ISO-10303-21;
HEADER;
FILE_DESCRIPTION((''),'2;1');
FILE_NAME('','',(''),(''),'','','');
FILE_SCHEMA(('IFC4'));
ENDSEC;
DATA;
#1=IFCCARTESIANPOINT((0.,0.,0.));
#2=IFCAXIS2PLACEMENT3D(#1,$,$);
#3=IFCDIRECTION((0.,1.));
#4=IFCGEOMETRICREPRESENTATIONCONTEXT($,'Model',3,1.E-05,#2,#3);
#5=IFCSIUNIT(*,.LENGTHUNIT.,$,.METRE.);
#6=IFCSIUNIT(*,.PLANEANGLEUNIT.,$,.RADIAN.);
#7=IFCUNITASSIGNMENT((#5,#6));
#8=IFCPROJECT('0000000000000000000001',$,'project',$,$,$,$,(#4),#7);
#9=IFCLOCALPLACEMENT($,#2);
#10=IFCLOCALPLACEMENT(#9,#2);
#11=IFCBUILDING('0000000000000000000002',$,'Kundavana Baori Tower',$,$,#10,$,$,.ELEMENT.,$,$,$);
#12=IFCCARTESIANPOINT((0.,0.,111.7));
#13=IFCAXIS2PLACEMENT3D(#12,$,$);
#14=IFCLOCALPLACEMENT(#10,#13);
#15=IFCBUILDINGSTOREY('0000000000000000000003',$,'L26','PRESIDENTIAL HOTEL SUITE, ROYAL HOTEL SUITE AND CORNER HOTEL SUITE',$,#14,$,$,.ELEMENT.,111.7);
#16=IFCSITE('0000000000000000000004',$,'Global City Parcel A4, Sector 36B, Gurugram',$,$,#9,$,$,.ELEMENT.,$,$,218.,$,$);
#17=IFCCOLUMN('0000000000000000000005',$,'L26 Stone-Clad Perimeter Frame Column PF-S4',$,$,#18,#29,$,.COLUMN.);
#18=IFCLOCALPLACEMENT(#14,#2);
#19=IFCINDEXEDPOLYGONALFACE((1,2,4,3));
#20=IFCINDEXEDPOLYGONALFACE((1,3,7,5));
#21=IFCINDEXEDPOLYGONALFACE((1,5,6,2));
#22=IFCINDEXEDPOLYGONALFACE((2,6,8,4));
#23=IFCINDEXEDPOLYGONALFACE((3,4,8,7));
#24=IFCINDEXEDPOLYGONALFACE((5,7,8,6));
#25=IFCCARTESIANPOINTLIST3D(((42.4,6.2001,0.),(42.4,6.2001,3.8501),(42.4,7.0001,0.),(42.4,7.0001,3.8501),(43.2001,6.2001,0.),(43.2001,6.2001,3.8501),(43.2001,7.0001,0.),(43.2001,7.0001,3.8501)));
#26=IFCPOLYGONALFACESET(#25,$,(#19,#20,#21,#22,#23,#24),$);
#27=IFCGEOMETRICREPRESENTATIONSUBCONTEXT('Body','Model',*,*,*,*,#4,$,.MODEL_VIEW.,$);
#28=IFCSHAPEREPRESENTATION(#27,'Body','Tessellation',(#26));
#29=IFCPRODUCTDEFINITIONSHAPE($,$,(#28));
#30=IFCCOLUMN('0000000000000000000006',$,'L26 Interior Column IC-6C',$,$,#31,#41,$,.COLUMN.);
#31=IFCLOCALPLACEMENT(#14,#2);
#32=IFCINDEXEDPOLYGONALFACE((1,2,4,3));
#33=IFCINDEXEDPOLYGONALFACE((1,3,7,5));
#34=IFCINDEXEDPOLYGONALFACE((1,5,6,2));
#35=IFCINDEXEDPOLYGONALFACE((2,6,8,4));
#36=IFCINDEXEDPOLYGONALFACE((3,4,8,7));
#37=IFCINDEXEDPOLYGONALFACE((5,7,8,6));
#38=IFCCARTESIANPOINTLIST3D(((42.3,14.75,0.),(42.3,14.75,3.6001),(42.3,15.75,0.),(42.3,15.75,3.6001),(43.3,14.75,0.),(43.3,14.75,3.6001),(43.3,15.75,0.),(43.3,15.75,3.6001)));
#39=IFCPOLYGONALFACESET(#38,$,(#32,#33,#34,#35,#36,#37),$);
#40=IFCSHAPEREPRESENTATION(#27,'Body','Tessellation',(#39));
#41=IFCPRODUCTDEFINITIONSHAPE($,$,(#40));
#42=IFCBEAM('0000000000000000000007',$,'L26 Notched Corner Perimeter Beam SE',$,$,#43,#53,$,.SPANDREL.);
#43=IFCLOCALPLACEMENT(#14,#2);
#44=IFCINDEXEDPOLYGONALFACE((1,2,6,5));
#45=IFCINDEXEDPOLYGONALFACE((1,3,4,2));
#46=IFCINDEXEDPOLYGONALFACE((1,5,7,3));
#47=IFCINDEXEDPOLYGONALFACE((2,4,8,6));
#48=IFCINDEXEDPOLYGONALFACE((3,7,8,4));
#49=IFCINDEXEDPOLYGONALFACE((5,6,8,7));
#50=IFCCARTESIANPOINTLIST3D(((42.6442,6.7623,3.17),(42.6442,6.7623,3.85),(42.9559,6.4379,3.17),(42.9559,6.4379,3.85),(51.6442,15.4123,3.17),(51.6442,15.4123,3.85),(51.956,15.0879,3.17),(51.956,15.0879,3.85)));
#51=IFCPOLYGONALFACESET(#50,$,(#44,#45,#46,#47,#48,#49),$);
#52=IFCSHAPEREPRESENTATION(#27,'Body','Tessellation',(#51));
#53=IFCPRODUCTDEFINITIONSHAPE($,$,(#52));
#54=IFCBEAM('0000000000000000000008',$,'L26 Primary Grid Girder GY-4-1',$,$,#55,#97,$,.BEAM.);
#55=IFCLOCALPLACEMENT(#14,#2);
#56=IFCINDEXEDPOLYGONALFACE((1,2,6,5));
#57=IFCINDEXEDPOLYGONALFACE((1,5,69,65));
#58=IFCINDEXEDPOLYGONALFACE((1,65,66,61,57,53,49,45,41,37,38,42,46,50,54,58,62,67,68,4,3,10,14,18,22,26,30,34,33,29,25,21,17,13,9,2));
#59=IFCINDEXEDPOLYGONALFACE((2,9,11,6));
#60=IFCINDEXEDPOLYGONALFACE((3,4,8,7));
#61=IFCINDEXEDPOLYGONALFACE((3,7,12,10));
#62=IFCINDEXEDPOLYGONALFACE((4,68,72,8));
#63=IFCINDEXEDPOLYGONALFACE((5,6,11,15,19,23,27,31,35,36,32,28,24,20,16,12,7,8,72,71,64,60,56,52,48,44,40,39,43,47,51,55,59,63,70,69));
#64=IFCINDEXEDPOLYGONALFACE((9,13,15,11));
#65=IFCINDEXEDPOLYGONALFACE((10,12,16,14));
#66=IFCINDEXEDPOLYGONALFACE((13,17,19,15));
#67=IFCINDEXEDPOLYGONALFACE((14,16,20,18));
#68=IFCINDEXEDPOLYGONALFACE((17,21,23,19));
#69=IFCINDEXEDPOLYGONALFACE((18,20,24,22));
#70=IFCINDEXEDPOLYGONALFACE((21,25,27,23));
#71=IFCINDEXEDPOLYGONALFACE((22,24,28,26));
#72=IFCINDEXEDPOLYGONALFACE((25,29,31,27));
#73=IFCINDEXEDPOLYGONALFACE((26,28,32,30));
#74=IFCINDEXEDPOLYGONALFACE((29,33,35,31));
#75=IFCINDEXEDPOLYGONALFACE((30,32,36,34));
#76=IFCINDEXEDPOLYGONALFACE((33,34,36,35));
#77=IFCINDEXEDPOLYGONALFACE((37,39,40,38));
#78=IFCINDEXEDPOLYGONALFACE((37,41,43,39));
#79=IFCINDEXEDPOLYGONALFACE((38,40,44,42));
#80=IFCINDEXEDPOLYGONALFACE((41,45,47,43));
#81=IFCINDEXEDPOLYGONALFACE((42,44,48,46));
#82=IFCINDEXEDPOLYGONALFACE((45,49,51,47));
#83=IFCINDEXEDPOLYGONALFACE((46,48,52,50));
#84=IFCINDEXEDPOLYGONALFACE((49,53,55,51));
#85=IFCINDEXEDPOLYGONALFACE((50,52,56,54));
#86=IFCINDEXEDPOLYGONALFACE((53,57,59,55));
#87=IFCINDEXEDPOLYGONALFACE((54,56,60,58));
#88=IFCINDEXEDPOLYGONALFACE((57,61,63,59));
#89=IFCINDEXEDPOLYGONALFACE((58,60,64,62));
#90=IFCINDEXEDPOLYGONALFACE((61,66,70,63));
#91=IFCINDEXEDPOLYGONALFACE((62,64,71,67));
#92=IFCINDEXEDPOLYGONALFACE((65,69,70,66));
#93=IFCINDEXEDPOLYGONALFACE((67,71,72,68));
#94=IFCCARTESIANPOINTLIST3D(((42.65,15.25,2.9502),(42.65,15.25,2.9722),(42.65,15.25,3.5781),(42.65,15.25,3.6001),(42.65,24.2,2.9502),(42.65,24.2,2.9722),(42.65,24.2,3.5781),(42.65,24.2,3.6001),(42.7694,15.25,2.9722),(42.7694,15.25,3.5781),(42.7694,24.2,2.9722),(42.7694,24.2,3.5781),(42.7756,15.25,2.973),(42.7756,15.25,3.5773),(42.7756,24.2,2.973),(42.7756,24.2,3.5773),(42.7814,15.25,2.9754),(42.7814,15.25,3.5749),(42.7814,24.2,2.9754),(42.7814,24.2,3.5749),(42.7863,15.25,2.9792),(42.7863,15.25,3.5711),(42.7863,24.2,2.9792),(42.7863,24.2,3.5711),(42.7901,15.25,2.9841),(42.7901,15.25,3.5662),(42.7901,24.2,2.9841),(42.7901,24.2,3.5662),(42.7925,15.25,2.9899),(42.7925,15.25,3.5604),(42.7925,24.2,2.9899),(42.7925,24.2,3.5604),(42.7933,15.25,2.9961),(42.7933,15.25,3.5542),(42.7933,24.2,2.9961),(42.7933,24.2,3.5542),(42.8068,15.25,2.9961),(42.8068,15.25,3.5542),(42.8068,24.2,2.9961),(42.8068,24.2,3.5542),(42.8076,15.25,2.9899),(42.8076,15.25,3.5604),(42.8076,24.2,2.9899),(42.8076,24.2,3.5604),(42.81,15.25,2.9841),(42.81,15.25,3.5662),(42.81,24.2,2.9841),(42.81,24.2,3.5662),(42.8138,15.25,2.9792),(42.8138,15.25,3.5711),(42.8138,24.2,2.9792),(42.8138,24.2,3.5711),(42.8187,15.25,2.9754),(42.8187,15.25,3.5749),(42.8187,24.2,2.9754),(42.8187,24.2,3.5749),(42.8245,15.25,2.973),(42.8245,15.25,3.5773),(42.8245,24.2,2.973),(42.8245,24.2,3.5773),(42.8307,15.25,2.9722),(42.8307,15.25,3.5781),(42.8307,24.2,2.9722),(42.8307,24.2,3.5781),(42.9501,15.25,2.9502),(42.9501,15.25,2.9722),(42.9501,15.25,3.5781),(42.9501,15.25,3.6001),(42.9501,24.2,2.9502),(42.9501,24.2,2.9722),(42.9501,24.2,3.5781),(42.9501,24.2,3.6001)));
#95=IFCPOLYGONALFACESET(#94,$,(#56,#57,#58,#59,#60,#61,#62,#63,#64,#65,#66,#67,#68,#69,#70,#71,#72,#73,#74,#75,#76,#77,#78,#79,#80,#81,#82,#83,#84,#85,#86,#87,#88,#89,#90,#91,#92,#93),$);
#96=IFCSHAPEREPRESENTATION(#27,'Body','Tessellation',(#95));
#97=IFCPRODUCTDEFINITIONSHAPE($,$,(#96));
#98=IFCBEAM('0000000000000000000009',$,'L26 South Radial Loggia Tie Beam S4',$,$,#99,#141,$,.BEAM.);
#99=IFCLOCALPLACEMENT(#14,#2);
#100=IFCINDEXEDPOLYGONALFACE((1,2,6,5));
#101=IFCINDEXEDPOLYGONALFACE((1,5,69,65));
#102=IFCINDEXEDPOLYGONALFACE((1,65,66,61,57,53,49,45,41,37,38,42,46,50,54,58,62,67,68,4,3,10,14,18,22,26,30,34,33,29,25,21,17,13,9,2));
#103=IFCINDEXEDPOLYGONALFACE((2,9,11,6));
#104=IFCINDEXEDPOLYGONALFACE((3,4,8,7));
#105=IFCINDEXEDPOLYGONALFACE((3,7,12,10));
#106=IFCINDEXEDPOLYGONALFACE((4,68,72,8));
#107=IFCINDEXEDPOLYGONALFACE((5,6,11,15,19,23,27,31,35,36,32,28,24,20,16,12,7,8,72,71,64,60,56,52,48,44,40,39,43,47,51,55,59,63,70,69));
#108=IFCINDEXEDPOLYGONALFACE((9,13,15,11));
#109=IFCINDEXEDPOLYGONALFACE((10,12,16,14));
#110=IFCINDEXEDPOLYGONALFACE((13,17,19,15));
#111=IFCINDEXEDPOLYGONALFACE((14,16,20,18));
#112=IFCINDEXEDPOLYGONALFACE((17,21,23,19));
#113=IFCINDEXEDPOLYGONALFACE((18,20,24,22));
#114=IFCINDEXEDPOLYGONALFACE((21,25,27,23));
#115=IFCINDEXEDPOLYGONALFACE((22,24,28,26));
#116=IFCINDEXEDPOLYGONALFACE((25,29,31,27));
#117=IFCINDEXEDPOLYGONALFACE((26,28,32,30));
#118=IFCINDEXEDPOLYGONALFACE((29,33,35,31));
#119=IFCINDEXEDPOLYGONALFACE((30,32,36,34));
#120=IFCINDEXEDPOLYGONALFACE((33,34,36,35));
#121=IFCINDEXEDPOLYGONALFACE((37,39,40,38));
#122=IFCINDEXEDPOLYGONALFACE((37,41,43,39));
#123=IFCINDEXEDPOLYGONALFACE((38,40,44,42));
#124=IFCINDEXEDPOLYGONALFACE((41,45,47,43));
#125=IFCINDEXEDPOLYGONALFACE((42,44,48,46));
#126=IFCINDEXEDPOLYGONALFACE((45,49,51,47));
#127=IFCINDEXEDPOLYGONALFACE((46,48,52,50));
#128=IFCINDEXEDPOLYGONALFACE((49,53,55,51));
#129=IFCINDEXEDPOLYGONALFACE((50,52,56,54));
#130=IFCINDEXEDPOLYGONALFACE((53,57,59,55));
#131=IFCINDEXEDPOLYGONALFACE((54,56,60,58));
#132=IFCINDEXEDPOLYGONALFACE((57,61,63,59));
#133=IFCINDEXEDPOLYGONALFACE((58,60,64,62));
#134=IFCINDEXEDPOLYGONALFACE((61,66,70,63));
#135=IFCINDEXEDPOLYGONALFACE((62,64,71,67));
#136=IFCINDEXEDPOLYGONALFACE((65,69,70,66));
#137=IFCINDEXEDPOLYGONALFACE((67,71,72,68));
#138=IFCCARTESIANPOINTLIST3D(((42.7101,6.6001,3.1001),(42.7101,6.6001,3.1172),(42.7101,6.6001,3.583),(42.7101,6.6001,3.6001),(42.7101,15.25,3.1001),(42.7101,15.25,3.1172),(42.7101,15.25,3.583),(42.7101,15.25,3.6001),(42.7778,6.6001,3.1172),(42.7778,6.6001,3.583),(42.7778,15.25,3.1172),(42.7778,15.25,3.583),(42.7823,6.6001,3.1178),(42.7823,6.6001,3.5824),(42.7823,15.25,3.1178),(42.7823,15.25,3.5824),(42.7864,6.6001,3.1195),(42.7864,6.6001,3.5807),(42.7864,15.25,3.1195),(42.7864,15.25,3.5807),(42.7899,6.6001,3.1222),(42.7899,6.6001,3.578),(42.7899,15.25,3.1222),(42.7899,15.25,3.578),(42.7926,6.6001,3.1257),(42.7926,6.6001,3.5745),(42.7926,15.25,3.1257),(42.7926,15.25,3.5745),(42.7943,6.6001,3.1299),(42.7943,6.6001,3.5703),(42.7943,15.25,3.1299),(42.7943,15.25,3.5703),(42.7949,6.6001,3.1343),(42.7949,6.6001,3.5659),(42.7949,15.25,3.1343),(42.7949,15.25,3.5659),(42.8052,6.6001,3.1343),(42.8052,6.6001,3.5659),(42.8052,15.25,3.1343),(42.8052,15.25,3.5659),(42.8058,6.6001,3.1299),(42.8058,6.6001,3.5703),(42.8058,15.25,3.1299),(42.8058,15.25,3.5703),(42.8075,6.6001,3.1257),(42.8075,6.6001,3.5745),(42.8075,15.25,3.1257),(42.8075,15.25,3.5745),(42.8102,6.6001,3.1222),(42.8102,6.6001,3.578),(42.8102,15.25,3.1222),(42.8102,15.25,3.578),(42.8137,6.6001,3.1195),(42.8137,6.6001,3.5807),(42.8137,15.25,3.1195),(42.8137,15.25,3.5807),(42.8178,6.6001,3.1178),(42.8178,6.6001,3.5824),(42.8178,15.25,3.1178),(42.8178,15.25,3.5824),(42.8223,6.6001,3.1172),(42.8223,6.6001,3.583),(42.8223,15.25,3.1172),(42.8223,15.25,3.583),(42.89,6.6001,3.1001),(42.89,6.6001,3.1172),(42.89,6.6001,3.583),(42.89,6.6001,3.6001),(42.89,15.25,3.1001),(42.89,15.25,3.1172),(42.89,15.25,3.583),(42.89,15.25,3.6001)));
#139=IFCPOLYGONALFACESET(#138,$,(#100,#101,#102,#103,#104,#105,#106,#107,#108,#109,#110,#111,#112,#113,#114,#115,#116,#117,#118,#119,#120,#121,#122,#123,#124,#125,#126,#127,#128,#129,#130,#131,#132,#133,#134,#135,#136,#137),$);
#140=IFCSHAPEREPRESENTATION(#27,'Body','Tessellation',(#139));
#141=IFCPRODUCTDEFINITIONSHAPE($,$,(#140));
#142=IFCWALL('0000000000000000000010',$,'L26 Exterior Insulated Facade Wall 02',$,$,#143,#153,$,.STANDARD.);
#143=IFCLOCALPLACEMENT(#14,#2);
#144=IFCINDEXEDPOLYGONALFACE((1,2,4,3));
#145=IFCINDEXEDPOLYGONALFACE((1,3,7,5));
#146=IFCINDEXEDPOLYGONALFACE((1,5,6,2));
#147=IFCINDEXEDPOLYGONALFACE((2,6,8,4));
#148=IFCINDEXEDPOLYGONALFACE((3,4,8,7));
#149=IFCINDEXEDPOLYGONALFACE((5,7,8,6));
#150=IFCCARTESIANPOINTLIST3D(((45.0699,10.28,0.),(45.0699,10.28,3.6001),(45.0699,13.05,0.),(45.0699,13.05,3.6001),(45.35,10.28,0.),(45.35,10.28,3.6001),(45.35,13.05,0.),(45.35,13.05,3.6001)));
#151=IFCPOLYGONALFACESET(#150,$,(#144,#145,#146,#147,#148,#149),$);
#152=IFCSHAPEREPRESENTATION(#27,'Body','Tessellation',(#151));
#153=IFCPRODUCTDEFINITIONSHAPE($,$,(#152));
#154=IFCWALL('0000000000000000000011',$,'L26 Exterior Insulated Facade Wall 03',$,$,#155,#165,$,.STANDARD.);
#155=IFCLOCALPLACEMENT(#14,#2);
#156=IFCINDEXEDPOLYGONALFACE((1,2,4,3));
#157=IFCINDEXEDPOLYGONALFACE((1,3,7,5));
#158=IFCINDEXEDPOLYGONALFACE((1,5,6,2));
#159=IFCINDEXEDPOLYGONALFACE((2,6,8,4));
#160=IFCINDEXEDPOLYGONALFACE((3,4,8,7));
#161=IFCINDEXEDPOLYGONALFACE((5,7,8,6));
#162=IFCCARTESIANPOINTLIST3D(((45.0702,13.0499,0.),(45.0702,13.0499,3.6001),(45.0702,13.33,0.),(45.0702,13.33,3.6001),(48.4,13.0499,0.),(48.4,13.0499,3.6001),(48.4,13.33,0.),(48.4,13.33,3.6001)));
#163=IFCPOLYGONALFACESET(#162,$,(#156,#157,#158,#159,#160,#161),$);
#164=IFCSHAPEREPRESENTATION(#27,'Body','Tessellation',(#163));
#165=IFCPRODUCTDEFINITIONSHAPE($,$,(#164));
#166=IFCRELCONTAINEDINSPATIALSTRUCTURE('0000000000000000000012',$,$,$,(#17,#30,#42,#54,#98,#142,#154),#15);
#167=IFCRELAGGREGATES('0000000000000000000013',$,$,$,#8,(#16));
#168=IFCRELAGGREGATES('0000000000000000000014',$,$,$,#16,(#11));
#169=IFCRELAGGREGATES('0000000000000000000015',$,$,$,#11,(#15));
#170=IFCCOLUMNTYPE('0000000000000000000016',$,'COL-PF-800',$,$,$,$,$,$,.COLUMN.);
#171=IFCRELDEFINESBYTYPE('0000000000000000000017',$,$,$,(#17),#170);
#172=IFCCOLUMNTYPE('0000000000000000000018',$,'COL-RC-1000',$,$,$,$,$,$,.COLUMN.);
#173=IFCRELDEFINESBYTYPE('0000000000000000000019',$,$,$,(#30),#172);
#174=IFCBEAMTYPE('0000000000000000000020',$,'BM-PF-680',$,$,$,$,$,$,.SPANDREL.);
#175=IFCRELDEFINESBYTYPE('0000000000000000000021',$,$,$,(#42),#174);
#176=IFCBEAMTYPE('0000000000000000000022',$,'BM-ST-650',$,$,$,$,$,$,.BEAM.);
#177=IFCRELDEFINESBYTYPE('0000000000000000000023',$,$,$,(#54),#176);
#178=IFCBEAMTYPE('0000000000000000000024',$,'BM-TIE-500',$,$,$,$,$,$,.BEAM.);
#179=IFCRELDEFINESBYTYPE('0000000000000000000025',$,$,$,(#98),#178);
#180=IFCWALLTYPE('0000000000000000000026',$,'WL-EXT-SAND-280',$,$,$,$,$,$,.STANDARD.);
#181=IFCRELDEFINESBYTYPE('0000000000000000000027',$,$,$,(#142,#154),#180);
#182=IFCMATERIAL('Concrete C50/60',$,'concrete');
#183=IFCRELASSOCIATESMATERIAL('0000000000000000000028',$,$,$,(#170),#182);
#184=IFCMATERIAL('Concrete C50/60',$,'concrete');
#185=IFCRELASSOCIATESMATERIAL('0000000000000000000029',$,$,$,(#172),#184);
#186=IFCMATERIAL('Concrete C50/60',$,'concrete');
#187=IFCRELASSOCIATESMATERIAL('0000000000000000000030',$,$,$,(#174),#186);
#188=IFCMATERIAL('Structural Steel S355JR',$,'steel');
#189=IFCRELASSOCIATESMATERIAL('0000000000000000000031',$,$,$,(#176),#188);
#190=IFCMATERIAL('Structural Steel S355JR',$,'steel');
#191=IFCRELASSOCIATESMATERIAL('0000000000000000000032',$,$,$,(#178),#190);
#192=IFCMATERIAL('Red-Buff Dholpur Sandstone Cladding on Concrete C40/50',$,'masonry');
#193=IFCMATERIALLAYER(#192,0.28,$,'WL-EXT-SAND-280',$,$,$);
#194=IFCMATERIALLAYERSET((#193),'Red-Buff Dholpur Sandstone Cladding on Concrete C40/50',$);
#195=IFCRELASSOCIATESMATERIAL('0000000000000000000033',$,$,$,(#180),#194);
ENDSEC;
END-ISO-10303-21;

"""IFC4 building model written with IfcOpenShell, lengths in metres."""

from ifc_helpers import new_model, si_unit, direction, frame, frame_2d, origin, origin_2d, place, context, subcontext, project, spatial, rectangle, i_section, extrude, material, layer, layer_set, material_profile, profile_set, type_object, element, save


model = new_model("IFC4")

# Units and contexts
model_context = context("Model", 3, precision=1e-05, world=origin(), true_north=direction((0.0, 1.0)))
body_context = subcontext(model_context, "Body", "Model", "MODEL_VIEW")
ifc_project = project(units=[si_unit("LENGTHUNIT", "METRE"), si_unit("PLANEANGLEUNIT", "RADIAN")], contexts=[model_context])

# Site, building, storey
site_placement = place(None, origin())
site = spatial("IfcSite", under=ifc_project, at=site_placement, Name="Global City Parcel A4, Sector 36B, Gurugram", CompositionType="ELEMENT", RefElevation=218.0)
building_placement = place(site_placement, origin())
building = spatial("IfcBuilding", under=site, at=building_placement, Name="Kundavana Baori Tower", CompositionType="ELEMENT")
storey_placement = place(building_placement, frame((0.0, 0.0, 111.7)))
storey = spatial("IfcBuildingStorey", under=building, at=storey_placement, Name="L26", Description="PRESIDENTIAL HOTEL SUITE, ROYAL HOTEL SUITE AND CORNER HOTEL SUITE", CompositionType="ELEMENT", Elevation=111.7)

# Columns
ifc_material_1 = material(Name="Concrete C50/60", Category="concrete")
ifc_material_profile_1 = material_profile(ifc_material_1, rectangle(XDim=0.8, YDim=0.8, at=origin_2d()), Name="RC PF 800x800")
ifc_profile_set_1 = profile_set([ifc_material_profile_1], Name="Concrete C50/60")
column_type_1 = type_object("IfcColumnType", Name="COL-PF-800", PredefinedType="COLUMN", material=ifc_profile_set_1)
column_1_placement = place(storey_placement, frame((42.8, 6.6001, 0.0), z_axis=(0.0, 0.0, 1.0), x_axis=(1.0, 0.0, 0.0)))
element("IfcColumn", 1, at=column_1_placement, inside=storey, type_object=column_type_1, Name="L26 Stone-Clad Perimeter Frame Column PF-S4", PredefinedType="COLUMN", context=body_context, shape_type="SweptSolid", body=[
    extrude(rectangle(XDim=0.8, YDim=0.8, at=origin_2d()), origin(), (0.0, 0.0, 1.0), 3.8501),
])
ifc_material_2 = material(Name="Concrete C50/60", Category="concrete")
ifc_material_profile_2 = material_profile(ifc_material_2, rectangle(XDim=1.0, YDim=1.0, at=origin_2d()), Name="RC 1000x1000")
ifc_profile_set_2 = profile_set([ifc_material_profile_2], Name="Concrete C50/60")
column_type_2 = type_object("IfcColumnType", Name="COL-RC-1000", PredefinedType="COLUMN", material=ifc_profile_set_2)
column_2_placement = place(storey_placement, frame((42.8, 15.25, 0.0), z_axis=(0.0, 0.0, 1.0), x_axis=(1.0, 0.0, 0.0)))
element("IfcColumn", 2, at=column_2_placement, inside=storey, type_object=column_type_2, Name="L26 Interior Column IC-6C", PredefinedType="COLUMN", context=body_context, shape_type="SweptSolid", body=[
    extrude(rectangle(XDim=1.0, YDim=1.0, at=origin_2d()), origin(), (0.0, 0.0, 1.0), 3.6001),
])

# Beams
ifc_material_3 = material(Name="Concrete C50/60", Category="concrete")
ifc_material_profile_3 = material_profile(ifc_material_3, rectangle(XDim=0.45, YDim=0.6799, at=origin_2d()), Name="RC BM 450x680")
ifc_profile_set_3 = profile_set([ifc_material_profile_3], Name="Concrete C50/60")
beam_type_1 = type_object("IfcBeamType", Name="BM-PF-680", PredefinedType="SPANDREL", material=ifc_profile_set_3)
beam_1_placement = place(storey_placement, frame((42.8, 6.6001, 3.51), z_axis=(0.720991, 0.692945, 0.0), x_axis=(-0.692945, 0.720991, 0.0)))
element("IfcBeam", 3, at=beam_1_placement, inside=storey, type_object=beam_type_1, Name="L26 Notched Corner Perimeter Beam SE", PredefinedType="SPANDREL", context=body_context, shape_type="SweptSolid", body=[
    extrude(rectangle(XDim=0.45, YDim=0.6799, at=origin_2d()), origin(), (0.0, 0.0, 1.0), 12.4829),
])
ifc_material_4 = material(Name="Structural Steel S355JR", Category="steel")
ifc_material_profile_4 = material_profile(ifc_material_4, i_section(OverallWidth=0.3, OverallDepth=0.6499, WebThickness=0.0134, FlangeThickness=0.022, FilletRadius=0.0239, at=origin_2d()), Name="NPB 650x300x155")
ifc_profile_set_4 = profile_set([ifc_material_profile_4], Name="Structural Steel S355JR")
beam_type_2 = type_object("IfcBeamType", Name="BM-ST-650", PredefinedType="BEAM", material=ifc_profile_set_4)
beam_2_placement = place(storey_placement, frame((42.8, 15.25, 3.2751), z_axis=(0.0, 1.0, 0.0), x_axis=(-1.0, 0.0, 0.0)))
element("IfcBeam", 4, at=beam_2_placement, inside=storey, type_object=beam_type_2, Name="L26 Primary Grid Girder GY-4-1", PredefinedType="BEAM", context=body_context, shape_type="SweptSolid", body=[
    extrude(i_section(OverallWidth=0.3, OverallDepth=0.6499, WebThickness=0.0134, FlangeThickness=0.022, FilletRadius=0.0239, at=origin_2d()), origin(), (0.0, 0.0, 1.0), 8.95),
])
ifc_material_5 = material(Name="Structural Steel S355JR", Category="steel")
ifc_material_profile_5 = material_profile(ifc_material_5, i_section(OverallWidth=0.1799, OverallDepth=0.5, WebThickness=0.0103, FlangeThickness=0.0171, FilletRadius=0.0171, at=origin_2d()), Name="ISMB 500")
ifc_profile_set_5 = profile_set([ifc_material_profile_5], Name="Structural Steel S355JR")
beam_type_3 = type_object("IfcBeamType", Name="BM-TIE-500", PredefinedType="BEAM", material=ifc_profile_set_5)
beam_3_placement = place(storey_placement, frame((42.8, 15.25, 3.3501), z_axis=(0.0, -1.0, 0.0), x_axis=(1.0, 0.0, 0.0)))
element("IfcBeam", 5, at=beam_3_placement, inside=storey, type_object=beam_type_3, Name="L26 South Radial Loggia Tie Beam S4", PredefinedType="BEAM", context=body_context, shape_type="SweptSolid", body=[
    extrude(i_section(OverallWidth=0.1799, OverallDepth=0.5, WebThickness=0.0103, FlangeThickness=0.0171, FilletRadius=0.0171, at=origin_2d()), origin(), (0.0, 0.0, 1.0), 8.6499),
])

# Walls
ifc_material_6 = material(Name="Red-Buff Dholpur Sandstone Cladding on Concrete C40/50", Category="masonry")
ifc_layer_1 = layer(ifc_material_6, 0.28, Name="WL-EXT-SAND-280")
ifc_layer_set_1 = layer_set([ifc_layer_1], Name="Red-Buff Dholpur Sandstone Cladding on Concrete C40/50")
wall_type_1 = type_object("IfcWallType", Name="WL-EXT-SAND-280", PredefinedType="STANDARD", material=ifc_layer_set_1)
wall_1_placement = place(storey_placement, frame((45.21, 10.28, 0.0), z_axis=(0.0, 0.0, 1.0), x_axis=(0.0, 1.0, 0.0)))
element("IfcWall", 6, at=wall_1_placement, inside=storey, type_object=wall_type_1, Name="L26 Exterior Insulated Facade Wall 02", PredefinedType="STANDARD", context=body_context, shape_type="SweptSolid", body=[
    extrude(rectangle(XDim=2.77, YDim=0.28, at=frame_2d((1.385, 0.0))), origin(), (0.0, 0.0, 1.0), 3.6001),
])
wall_2_placement = place(storey_placement, frame((45.0701, 13.1899, 0.0), z_axis=(0.0, 0.0, 1.0), x_axis=(1.0, 0.0, 0.0)))
element("IfcWall", 7, at=wall_2_placement, inside=storey, type_object=wall_type_1, Name="L26 Exterior Insulated Facade Wall 03", PredefinedType="STANDARD", context=body_context, shape_type="SweptSolid", body=[
    extrude(rectangle(XDim=3.3298, YDim=0.28, at=frame_2d((1.665, 0.0))), origin(), (0.0, 0.0, 1.0), 3.6001),
])

save(model, "model.ifc")
